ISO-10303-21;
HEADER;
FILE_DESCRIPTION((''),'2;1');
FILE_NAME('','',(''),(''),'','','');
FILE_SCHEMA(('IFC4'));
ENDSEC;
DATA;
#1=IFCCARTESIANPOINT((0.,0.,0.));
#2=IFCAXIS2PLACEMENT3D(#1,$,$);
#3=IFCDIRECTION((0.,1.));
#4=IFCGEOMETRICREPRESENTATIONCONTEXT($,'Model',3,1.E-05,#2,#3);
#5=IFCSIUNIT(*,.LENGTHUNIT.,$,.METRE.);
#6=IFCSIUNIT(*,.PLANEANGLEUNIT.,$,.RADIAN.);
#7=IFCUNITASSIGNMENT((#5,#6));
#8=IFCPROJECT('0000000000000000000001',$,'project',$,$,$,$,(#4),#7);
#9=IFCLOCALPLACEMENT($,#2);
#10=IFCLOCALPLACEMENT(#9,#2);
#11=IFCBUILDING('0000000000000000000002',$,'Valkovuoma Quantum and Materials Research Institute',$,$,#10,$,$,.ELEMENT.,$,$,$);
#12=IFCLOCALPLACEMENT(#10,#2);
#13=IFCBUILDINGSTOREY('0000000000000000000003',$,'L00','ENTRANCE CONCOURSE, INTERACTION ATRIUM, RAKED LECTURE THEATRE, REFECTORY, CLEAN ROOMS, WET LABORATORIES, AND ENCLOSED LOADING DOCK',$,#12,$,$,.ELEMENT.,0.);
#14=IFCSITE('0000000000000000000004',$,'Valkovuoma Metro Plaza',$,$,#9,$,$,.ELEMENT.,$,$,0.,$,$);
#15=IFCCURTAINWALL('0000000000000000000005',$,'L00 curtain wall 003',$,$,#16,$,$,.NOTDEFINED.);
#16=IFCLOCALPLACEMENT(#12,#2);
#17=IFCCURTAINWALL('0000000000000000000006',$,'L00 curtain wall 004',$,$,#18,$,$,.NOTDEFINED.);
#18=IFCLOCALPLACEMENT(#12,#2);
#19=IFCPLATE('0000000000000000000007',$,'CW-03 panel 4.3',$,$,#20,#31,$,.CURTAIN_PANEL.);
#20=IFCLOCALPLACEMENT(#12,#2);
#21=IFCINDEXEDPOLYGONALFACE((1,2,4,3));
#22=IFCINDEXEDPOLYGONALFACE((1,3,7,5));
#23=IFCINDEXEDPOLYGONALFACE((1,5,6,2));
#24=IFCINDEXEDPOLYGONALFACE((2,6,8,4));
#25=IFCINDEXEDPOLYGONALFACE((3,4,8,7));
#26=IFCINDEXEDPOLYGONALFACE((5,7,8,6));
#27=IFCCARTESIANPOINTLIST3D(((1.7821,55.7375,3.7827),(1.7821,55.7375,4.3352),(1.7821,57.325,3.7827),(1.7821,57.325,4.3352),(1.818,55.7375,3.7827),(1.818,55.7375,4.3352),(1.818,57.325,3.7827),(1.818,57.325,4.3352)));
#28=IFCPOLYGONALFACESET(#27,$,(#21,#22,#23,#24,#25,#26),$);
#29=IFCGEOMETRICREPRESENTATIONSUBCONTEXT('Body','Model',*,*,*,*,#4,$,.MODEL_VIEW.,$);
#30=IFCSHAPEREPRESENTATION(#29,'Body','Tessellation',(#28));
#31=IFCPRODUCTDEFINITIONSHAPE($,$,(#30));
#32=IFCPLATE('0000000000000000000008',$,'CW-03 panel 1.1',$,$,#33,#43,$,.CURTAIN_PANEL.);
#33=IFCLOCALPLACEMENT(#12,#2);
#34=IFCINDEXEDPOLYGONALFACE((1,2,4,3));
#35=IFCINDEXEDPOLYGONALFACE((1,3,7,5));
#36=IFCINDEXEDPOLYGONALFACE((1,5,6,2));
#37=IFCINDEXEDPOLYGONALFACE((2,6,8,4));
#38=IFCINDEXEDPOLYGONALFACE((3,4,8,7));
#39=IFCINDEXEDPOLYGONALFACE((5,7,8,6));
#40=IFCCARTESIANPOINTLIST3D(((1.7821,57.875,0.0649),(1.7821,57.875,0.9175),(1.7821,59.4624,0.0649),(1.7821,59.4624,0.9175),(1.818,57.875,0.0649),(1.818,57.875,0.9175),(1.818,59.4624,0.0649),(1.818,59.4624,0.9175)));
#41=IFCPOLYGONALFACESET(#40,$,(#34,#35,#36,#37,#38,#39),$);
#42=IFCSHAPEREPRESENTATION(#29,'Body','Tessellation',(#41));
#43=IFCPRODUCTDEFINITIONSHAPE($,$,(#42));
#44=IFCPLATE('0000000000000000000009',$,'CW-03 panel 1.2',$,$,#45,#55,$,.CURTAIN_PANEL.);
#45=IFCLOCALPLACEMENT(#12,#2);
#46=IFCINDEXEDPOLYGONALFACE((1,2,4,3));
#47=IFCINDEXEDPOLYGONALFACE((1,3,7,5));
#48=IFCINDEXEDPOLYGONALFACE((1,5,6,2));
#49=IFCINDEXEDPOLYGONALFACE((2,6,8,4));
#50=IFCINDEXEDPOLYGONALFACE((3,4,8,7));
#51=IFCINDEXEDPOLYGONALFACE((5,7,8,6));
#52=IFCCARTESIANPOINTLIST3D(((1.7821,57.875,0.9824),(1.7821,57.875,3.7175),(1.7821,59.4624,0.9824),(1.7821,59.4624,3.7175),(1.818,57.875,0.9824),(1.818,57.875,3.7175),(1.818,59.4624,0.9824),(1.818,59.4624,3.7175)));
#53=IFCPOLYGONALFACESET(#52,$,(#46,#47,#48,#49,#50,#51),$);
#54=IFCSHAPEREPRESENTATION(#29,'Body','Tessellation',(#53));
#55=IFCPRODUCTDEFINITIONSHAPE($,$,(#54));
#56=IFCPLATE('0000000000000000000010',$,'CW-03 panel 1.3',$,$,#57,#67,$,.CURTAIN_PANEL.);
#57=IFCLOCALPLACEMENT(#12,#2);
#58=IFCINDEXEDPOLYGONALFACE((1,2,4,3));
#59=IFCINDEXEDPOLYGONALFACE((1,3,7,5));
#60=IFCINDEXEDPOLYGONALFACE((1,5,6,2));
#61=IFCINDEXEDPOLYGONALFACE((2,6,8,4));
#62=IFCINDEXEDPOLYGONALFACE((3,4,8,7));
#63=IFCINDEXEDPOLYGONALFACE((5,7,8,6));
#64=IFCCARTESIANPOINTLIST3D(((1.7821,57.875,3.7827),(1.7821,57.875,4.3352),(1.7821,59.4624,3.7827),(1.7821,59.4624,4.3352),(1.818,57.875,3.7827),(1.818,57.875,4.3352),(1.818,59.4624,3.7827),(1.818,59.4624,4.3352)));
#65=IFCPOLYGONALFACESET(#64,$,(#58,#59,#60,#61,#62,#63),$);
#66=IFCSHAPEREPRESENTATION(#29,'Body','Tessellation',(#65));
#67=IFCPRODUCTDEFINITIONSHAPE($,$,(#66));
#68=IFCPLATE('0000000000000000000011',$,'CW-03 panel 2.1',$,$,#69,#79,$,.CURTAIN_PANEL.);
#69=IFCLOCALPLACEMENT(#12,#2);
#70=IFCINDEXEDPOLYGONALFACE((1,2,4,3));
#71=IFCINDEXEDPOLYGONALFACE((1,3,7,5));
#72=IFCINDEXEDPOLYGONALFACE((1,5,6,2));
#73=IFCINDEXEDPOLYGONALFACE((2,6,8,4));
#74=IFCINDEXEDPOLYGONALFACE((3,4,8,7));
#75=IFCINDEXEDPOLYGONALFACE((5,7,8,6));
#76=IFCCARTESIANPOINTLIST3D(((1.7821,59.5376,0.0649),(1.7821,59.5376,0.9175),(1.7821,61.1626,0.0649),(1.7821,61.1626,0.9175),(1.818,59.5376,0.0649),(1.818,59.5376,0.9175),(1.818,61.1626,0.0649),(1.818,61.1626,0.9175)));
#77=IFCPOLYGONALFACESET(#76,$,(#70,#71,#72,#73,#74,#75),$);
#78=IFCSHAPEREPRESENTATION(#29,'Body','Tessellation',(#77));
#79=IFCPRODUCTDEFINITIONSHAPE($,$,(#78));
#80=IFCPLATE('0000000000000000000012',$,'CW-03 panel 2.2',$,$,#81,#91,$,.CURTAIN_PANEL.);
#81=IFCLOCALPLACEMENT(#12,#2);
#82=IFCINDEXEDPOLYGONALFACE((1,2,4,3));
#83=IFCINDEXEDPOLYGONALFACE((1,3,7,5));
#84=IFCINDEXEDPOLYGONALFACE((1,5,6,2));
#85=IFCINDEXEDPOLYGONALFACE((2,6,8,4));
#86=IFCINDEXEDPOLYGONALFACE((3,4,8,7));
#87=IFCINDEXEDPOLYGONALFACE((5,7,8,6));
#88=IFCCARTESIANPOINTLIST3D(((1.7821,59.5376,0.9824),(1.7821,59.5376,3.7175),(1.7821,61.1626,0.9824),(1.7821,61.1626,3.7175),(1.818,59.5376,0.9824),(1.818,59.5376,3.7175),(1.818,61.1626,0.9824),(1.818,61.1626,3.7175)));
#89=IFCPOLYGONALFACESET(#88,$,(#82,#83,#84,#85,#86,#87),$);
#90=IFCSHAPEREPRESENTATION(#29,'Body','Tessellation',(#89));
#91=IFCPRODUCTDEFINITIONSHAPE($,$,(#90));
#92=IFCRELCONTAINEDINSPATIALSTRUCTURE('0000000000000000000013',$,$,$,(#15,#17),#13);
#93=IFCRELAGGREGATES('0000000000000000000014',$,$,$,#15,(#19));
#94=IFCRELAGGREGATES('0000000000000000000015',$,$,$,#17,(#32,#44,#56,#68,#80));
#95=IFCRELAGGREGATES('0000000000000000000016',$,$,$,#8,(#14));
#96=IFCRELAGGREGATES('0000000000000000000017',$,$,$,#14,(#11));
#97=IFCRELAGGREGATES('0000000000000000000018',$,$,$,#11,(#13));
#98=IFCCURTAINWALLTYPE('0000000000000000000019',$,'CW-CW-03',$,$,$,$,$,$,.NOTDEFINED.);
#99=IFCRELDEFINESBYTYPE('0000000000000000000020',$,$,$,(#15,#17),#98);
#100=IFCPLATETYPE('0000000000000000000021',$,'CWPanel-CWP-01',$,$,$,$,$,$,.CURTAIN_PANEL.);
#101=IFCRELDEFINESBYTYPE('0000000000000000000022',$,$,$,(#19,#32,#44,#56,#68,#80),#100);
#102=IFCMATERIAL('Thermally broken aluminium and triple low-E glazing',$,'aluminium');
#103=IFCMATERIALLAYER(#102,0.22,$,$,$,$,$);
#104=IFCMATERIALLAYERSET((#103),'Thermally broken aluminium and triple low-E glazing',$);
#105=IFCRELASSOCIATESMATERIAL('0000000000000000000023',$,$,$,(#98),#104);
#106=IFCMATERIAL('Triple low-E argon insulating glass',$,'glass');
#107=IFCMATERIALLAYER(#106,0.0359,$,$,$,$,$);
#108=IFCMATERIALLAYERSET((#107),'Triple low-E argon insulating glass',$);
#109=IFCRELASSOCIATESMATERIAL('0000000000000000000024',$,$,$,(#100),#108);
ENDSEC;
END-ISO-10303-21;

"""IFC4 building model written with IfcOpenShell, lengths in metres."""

from ifc_helpers import new_model, si_unit, direction, frame, origin, origin_2d, place, context, subcontext, project, spatial, rectangle, extrude, material, layer, layer_set, type_object, element, aggregate, save


model = new_model("IFC4")

# Units and contexts
model_context = context("Model", 3, precision=1e-05, world=origin(), true_north=direction((0.0, 1.0)))
body_context = subcontext(model_context, "Body", "Model", "MODEL_VIEW")
ifc_project = project(units=[si_unit("LENGTHUNIT", "METRE"), si_unit("PLANEANGLEUNIT", "RADIAN")], contexts=[model_context])

# Site, building, storey
site_placement = place(None, origin())
site = spatial("IfcSite", under=ifc_project, at=site_placement, Name="Valkovuoma Metro Plaza", CompositionType="ELEMENT", RefElevation=0.0)
building_placement = place(site_placement, origin())
building = spatial("IfcBuilding", under=site, at=building_placement, Name="Valkovuoma Quantum and Materials Research Institute", CompositionType="ELEMENT")
storey_placement = place(building_placement, origin())
storey = spatial("IfcBuildingStorey", under=building, at=storey_placement, Name="L00", Description="ENTRANCE CONCOURSE, INTERACTION ATRIUM, RAKED LECTURE THEATRE, REFECTORY, CLEAN ROOMS, WET LABORATORIES, AND ENCLOSED LOADING DOCK", CompositionType="ELEMENT", Elevation=0.0)

# Curtain walls
ifc_material_1 = material(Name="Thermally broken aluminium and triple low-E glazing", Category="aluminium")
ifc_layer_1 = layer(ifc_material_1, 0.22)
ifc_layer_set_1 = layer_set([ifc_layer_1], Name="Thermally broken aluminium and triple low-E glazing")
curtain_wall_type = type_object("IfcCurtainWallType", Name="CW-CW-03", PredefinedType="NOTDEFINED", material=ifc_layer_set_1)
curtain_wall_1_placement = place(storey_placement, origin())
curtain_wall_1 = element("IfcCurtainWall", 1, at=curtain_wall_1_placement, inside=storey, type_object=curtain_wall_type, Name="L00 curtain wall 003", PredefinedType="NOTDEFINED")
curtain_wall_2_placement = place(storey_placement, origin())
curtain_wall_2 = element("IfcCurtainWall", 2, at=curtain_wall_2_placement, inside=storey, type_object=curtain_wall_type, Name="L00 curtain wall 004", PredefinedType="NOTDEFINED")

# Plates
ifc_material_2 = material(Name="Triple low-E argon insulating glass", Category="glass")
ifc_layer_2 = layer(ifc_material_2, 0.0359)
ifc_layer_set_2 = layer_set([ifc_layer_2], Name="Triple low-E argon insulating glass")
plate_type = type_object("IfcPlateType", Name="CWPanel-CWP-01", PredefinedType="CURTAIN_PANEL", material=ifc_layer_set_2)
plate_1_placement = place(storey_placement, frame((1.8, 56.5312, 3.7827), z_axis=(0.0, 0.0, 1.0), x_axis=(0.0, 1.0, 0.0)))
plate_1 = element("IfcPlate", 3, at=plate_1_placement, type_object=plate_type, Name="CW-03 panel 4.3", PredefinedType="CURTAIN_PANEL", context=body_context, shape_type="SweptSolid", body=[
    extrude(rectangle(XDim=1.5874, YDim=0.0359, at=origin_2d()), origin(), (0.0, 0.0, 1.0), 0.5525),
])
aggregate(curtain_wall_1, [plate_1])
plate_2_placement = place(storey_placement, frame((1.8, 58.6687, 0.0649), z_axis=(0.0, 0.0, 1.0), x_axis=(0.0, 1.0, 0.0)))
plate_2 = element("IfcPlate", 4, at=plate_2_placement, type_object=plate_type, Name="CW-03 panel 1.1", PredefinedType="CURTAIN_PANEL", context=body_context, shape_type="SweptSolid", body=[
    extrude(rectangle(XDim=1.5874, YDim=0.0359, at=origin_2d()), origin(), (0.0, 0.0, 1.0), 0.8525),
])
plate_3_placement = place(storey_placement, frame((1.8, 58.6687, 0.9824), z_axis=(0.0, 0.0, 1.0), x_axis=(0.0, 1.0, 0.0)))
plate_3 = element("IfcPlate", 5, at=plate_3_placement, type_object=plate_type, Name="CW-03 panel 1.2", PredefinedType="CURTAIN_PANEL", context=body_context, shape_type="SweptSolid", body=[
    extrude(rectangle(XDim=1.5874, YDim=0.0359, at=origin_2d()), origin(), (0.0, 0.0, 1.0), 2.7351),
])
plate_4_placement = place(storey_placement, frame((1.8, 58.6687, 3.7827), z_axis=(0.0, 0.0, 1.0), x_axis=(0.0, 1.0, 0.0)))
plate_4 = element("IfcPlate", 6, at=plate_4_placement, type_object=plate_type, Name="CW-03 panel 1.3", PredefinedType="CURTAIN_PANEL", context=body_context, shape_type="SweptSolid", body=[
    extrude(rectangle(XDim=1.5874, YDim=0.0359, at=origin_2d()), origin(), (0.0, 0.0, 1.0), 0.5525),
])
plate_5_placement = place(storey_placement, frame((1.8, 60.3501, 0.0649), z_axis=(0.0, 0.0, 1.0), x_axis=(0.0, 1.0, 0.0)))
plate_5 = element("IfcPlate", 7, at=plate_5_placement, type_object=plate_type, Name="CW-03 panel 2.1", PredefinedType="CURTAIN_PANEL", context=body_context, shape_type="SweptSolid", body=[
    extrude(rectangle(XDim=1.625, YDim=0.0359, at=origin_2d()), origin(), (0.0, 0.0, 1.0), 0.8525),
])
plate_6_placement = place(storey_placement, frame((1.8, 60.3501, 0.9824), z_axis=(0.0, 0.0, 1.0), x_axis=(0.0, 1.0, 0.0)))
plate_6 = element("IfcPlate", 8, at=plate_6_placement, type_object=plate_type, Name="CW-03 panel 2.2", PredefinedType="CURTAIN_PANEL", context=body_context, shape_type="SweptSolid", body=[
    extrude(rectangle(XDim=1.625, YDim=0.0359, at=origin_2d()), origin(), (0.0, 0.0, 1.0), 2.7351),
])
aggregate(curtain_wall_2, [plate_2, plate_3, plate_4, plate_5, plate_6])

save(model, "model.ifc")
